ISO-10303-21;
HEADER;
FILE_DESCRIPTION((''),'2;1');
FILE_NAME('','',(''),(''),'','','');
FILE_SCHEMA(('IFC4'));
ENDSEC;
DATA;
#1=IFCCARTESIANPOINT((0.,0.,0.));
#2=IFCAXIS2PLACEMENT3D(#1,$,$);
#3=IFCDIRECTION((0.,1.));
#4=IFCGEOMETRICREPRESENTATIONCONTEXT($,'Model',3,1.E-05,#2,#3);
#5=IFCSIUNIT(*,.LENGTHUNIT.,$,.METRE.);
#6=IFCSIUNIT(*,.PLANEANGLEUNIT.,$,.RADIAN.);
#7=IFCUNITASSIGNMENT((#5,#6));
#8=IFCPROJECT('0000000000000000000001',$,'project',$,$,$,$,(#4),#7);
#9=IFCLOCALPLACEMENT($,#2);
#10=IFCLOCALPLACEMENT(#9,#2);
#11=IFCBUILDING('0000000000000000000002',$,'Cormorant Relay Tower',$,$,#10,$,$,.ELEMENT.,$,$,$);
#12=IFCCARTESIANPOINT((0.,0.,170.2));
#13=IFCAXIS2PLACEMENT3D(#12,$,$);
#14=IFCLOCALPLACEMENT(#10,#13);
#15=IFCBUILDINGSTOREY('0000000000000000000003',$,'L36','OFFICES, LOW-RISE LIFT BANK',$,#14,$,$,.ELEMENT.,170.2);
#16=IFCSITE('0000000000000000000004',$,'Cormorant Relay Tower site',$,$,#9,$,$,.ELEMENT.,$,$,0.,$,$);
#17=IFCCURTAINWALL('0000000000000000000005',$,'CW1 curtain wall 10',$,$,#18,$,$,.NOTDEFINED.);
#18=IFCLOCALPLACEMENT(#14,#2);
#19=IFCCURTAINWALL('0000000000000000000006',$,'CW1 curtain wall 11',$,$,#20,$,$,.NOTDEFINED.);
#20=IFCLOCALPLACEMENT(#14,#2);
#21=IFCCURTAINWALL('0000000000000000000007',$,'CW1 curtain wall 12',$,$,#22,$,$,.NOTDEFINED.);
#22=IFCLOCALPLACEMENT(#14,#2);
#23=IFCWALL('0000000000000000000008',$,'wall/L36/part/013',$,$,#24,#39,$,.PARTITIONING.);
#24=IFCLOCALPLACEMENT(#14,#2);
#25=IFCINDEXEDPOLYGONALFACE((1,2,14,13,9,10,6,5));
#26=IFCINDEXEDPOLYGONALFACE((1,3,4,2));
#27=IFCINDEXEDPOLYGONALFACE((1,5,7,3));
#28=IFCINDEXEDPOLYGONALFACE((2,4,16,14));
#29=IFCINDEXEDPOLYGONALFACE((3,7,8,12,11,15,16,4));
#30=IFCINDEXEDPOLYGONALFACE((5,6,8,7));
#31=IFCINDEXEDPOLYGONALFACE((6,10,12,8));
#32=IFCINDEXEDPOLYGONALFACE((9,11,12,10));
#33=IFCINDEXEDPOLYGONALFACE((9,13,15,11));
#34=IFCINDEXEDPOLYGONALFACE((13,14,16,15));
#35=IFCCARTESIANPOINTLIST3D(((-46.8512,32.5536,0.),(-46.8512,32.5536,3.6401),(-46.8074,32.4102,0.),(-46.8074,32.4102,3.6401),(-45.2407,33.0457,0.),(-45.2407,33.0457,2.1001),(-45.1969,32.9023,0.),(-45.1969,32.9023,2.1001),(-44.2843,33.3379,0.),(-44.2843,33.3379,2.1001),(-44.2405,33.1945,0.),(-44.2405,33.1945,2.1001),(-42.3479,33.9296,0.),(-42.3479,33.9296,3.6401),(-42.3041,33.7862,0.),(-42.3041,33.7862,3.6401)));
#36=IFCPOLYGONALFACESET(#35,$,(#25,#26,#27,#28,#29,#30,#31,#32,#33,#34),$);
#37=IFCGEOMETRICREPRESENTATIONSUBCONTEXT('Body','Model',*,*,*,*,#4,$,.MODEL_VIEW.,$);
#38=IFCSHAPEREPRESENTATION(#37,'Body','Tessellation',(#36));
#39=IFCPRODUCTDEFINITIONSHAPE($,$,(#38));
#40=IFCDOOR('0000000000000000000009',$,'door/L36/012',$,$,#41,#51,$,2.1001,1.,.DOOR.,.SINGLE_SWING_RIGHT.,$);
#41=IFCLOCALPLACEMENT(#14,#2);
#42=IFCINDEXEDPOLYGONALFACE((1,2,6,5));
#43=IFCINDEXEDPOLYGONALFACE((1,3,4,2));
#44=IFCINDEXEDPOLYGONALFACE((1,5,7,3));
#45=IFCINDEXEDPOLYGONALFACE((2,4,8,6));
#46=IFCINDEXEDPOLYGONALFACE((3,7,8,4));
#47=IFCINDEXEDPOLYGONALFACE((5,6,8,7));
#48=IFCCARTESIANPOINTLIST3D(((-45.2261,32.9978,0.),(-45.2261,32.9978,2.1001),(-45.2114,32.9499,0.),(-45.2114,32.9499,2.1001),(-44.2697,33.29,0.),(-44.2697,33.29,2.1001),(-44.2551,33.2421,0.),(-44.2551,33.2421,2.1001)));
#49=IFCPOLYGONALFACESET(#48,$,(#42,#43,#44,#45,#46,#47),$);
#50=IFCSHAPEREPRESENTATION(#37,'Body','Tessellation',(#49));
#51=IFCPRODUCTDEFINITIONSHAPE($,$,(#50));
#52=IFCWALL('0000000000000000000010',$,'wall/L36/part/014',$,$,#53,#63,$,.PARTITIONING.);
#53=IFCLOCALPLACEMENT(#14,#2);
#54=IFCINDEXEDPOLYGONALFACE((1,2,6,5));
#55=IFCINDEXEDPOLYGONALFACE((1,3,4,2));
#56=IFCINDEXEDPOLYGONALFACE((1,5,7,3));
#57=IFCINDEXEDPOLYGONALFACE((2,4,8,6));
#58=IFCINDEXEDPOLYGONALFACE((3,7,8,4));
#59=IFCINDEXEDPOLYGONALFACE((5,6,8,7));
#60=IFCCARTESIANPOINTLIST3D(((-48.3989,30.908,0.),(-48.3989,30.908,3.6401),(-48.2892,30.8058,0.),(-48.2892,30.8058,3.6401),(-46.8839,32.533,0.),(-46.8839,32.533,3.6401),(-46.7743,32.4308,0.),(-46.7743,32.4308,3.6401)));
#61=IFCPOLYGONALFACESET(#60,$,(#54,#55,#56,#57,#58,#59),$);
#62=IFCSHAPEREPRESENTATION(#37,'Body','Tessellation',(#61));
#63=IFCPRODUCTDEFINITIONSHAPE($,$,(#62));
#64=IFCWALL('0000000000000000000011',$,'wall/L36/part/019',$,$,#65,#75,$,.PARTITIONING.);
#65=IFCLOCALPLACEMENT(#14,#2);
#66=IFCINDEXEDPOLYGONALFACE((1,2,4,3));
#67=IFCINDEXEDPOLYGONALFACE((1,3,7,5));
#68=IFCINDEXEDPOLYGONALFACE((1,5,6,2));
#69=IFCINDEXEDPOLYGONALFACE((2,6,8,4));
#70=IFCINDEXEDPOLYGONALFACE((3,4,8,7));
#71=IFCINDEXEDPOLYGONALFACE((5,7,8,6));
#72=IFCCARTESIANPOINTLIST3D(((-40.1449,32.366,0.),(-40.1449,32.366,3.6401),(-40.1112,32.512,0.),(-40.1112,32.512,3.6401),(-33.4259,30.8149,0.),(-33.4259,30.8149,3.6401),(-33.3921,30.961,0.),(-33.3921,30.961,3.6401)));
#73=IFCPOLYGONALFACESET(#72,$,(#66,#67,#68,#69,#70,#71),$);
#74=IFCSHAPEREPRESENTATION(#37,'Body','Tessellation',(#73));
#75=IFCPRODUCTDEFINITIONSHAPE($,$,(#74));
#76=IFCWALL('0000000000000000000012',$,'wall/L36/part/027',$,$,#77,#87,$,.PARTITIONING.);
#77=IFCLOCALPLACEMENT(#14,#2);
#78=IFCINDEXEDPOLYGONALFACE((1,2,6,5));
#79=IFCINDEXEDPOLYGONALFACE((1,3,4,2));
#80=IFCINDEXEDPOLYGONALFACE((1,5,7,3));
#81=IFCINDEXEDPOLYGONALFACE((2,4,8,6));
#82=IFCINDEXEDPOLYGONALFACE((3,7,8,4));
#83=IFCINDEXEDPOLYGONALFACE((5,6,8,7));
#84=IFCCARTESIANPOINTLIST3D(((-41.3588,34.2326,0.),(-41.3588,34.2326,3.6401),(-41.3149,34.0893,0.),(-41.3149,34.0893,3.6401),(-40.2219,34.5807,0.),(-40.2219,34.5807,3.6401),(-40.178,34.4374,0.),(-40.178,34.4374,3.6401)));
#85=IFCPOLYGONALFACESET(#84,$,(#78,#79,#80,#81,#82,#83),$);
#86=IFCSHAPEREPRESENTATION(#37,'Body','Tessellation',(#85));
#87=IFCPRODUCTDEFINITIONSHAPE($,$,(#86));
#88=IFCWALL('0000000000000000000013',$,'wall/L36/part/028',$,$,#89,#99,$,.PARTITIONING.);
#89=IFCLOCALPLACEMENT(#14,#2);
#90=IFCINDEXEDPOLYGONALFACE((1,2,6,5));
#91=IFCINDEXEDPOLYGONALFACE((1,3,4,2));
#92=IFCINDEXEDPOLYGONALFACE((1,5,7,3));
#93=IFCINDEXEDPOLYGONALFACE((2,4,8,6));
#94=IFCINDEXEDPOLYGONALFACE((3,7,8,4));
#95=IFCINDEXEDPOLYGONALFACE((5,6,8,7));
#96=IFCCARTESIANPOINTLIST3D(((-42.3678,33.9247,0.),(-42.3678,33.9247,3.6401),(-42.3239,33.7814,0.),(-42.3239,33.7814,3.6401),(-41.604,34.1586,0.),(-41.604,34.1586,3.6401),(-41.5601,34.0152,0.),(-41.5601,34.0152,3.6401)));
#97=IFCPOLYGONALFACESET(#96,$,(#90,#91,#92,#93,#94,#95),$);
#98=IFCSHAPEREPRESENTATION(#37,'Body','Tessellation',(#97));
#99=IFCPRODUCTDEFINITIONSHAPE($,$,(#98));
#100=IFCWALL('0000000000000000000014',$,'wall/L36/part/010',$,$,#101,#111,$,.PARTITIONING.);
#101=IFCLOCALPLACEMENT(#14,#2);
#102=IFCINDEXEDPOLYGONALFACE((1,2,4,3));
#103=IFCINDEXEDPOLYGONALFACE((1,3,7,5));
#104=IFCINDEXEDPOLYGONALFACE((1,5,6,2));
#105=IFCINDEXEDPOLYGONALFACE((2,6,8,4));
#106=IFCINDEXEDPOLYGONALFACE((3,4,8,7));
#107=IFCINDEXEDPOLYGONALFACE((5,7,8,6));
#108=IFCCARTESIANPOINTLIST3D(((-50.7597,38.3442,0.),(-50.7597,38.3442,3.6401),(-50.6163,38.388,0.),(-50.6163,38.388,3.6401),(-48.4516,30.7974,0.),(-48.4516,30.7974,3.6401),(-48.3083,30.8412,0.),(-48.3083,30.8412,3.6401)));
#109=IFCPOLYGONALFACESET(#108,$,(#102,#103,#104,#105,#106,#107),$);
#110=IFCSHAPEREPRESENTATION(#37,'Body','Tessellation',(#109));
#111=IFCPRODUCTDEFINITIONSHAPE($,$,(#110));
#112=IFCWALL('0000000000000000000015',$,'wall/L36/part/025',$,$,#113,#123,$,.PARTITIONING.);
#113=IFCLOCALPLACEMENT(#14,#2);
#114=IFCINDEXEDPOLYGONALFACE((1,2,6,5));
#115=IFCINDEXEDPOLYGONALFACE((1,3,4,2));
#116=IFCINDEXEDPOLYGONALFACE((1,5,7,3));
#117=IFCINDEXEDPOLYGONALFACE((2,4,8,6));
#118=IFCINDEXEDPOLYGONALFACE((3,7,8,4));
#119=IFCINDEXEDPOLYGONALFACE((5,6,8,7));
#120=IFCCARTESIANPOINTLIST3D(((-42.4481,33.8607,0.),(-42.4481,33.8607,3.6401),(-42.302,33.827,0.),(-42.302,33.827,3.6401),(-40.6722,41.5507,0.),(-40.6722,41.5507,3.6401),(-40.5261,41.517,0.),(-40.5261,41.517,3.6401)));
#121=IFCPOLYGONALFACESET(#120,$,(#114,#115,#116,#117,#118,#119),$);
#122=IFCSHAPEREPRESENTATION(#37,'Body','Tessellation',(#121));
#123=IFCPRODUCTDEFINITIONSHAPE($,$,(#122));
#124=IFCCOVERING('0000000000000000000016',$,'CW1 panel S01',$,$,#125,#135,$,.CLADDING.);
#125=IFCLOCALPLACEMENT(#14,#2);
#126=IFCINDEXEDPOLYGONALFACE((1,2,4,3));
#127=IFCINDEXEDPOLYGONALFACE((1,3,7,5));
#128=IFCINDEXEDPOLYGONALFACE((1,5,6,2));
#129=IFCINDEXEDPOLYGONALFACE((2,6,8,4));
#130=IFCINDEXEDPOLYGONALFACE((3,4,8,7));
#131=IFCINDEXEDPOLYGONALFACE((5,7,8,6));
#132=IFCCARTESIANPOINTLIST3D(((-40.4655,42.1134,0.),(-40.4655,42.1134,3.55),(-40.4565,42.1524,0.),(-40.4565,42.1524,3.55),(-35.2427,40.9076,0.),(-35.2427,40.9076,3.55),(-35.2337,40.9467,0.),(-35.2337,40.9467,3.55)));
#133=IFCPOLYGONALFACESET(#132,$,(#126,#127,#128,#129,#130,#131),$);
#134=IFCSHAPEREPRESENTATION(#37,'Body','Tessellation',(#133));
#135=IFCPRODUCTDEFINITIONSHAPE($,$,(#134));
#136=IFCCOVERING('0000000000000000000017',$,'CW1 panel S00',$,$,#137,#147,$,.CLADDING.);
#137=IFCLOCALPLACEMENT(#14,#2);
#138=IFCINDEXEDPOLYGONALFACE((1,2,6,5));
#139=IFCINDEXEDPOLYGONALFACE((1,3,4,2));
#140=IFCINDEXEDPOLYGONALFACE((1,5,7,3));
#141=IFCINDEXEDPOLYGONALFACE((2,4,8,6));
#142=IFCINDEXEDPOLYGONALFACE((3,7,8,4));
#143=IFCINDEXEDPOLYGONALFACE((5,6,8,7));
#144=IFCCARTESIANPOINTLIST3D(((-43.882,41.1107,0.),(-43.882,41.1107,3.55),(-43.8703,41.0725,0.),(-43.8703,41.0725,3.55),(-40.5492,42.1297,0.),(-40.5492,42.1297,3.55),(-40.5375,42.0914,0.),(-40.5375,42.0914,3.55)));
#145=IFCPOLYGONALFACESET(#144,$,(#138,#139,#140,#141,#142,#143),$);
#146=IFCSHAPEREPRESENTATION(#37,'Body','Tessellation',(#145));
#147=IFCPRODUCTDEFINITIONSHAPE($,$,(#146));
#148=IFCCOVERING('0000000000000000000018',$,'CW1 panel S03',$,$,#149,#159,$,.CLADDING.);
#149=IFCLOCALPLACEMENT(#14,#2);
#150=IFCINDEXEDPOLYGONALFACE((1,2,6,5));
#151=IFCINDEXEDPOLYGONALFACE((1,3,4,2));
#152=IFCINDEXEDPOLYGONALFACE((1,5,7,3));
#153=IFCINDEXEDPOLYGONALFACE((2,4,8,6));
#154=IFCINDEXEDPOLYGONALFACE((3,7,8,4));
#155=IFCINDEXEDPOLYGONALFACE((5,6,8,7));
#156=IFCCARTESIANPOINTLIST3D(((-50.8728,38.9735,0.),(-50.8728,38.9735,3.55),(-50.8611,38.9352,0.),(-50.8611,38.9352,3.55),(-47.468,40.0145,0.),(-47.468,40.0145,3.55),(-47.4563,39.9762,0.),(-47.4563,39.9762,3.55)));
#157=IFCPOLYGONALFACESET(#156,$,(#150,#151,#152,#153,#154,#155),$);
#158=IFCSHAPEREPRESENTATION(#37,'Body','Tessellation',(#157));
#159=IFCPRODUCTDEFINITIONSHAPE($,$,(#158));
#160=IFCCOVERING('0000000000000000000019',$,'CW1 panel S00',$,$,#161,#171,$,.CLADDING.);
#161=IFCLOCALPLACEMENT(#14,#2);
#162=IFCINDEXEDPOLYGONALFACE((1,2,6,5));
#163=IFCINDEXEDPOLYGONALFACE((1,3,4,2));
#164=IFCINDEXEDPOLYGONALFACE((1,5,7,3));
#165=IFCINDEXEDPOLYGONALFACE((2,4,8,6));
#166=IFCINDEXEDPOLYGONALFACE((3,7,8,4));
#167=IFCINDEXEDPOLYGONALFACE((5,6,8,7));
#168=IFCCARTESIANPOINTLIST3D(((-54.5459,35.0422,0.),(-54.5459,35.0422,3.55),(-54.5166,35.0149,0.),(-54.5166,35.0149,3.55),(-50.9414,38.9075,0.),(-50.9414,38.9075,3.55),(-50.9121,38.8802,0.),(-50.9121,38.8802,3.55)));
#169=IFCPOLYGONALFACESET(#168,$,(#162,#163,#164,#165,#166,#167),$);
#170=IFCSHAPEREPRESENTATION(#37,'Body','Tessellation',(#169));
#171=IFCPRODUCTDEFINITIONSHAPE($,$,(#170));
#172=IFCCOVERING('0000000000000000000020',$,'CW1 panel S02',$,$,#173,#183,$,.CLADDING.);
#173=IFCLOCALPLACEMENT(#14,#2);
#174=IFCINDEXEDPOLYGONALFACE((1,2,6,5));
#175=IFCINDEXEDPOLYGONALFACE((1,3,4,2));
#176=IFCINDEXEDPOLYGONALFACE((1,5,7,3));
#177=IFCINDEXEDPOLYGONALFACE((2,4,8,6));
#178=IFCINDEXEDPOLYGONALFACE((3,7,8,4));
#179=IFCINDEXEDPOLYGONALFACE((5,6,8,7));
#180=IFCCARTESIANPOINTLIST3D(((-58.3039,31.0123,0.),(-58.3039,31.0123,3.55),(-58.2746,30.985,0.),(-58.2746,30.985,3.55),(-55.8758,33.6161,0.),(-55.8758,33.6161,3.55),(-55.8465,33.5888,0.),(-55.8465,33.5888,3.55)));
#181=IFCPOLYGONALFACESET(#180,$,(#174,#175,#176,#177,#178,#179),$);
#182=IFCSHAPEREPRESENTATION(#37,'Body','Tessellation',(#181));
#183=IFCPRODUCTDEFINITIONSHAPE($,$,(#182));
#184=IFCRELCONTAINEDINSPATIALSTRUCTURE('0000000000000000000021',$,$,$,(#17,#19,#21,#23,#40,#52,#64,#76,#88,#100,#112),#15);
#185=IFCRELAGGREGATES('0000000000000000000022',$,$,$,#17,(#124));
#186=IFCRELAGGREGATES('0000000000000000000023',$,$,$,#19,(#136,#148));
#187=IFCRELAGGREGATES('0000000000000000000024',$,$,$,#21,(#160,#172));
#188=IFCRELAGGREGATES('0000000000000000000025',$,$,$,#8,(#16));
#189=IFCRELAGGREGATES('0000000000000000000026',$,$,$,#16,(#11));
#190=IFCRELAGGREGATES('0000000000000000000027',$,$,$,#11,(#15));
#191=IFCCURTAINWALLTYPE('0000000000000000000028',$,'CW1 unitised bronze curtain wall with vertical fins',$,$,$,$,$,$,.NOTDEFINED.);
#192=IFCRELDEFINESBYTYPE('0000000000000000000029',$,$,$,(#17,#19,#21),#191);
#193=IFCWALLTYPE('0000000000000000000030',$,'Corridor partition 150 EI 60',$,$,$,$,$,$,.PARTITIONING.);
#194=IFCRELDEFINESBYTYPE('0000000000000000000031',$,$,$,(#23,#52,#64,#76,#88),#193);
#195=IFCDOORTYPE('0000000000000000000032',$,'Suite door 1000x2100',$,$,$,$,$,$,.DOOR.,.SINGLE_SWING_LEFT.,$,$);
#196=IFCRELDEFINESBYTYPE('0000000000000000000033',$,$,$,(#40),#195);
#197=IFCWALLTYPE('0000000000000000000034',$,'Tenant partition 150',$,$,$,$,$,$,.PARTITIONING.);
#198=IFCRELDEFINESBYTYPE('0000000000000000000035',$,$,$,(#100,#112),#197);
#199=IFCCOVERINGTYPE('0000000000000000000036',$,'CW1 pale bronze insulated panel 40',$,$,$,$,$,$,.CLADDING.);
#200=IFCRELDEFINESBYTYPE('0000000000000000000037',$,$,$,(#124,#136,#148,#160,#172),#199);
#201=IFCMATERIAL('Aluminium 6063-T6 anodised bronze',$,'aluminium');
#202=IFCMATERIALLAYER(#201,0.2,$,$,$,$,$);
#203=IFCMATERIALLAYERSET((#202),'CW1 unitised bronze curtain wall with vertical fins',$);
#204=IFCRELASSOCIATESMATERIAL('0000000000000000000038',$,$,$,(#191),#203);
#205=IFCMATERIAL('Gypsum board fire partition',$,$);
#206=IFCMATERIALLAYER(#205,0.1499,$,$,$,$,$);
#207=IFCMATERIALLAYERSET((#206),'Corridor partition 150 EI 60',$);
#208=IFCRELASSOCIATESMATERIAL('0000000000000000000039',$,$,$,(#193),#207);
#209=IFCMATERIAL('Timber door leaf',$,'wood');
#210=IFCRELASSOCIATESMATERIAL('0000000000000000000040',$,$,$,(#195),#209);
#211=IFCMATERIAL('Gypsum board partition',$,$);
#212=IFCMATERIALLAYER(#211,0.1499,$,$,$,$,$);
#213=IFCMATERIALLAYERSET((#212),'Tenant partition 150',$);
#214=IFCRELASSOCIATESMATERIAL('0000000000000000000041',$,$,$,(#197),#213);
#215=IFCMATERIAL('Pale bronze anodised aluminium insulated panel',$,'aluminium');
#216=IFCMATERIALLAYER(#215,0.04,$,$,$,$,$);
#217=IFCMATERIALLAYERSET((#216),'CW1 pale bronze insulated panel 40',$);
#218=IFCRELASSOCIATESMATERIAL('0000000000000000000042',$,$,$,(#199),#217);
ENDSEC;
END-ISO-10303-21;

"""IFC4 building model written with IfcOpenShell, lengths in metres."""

from ifc_helpers import new_model, si_unit, direction, frame, frame_2d, origin, origin_2d, place, context, subcontext, project, spatial, rectangle, extrude, material, layer, layer_set, type_object, element, fill, aggregate, save


model = new_model("IFC4")

# Units and contexts
model_context = context("Model", 3, precision=1e-05, world=origin(), true_north=direction((0.0, 1.0)))
body_context = subcontext(model_context, "Body", "Model", "MODEL_VIEW")
ifc_project = project(units=[si_unit("LENGTHUNIT", "METRE"), si_unit("PLANEANGLEUNIT", "RADIAN")], contexts=[model_context])

# Site, building, storey
site_placement = place(None, origin())
site = spatial("IfcSite", under=ifc_project, at=site_placement, Name="Cormorant Relay Tower site", CompositionType="ELEMENT", RefElevation=0.0)
building_placement = place(site_placement, origin())
building = spatial("IfcBuilding", under=site, at=building_placement, Name="Cormorant Relay Tower", CompositionType="ELEMENT")
storey_placement = place(building_placement, frame((0.0, 0.0, 170.2)))
storey = spatial("IfcBuildingStorey", under=building, at=storey_placement, Name="L36", Description="OFFICES, LOW-RISE LIFT BANK", CompositionType="ELEMENT", Elevation=170.2)

# Curtain wall
ifc_material_1 = material(Name="Aluminium 6063-T6 anodised bronze", Category="aluminium")
ifc_layer_1 = layer(ifc_material_1, 0.2)
ifc_layer_set_1 = layer_set([ifc_layer_1], Name="CW1 unitised bronze curtain wall with vertical fins")
curtain_wall_type = type_object("IfcCurtainWallType", Name="CW1 unitised bronze curtain wall with vertical fins", PredefinedType="NOTDEFINED", material=ifc_layer_set_1)
curtain_wall_1_placement = place(storey_placement, origin())
curtain_wall_1 = element("IfcCurtainWall", 1, at=curtain_wall_1_placement, inside=storey, type_object=curtain_wall_type, Name="CW1 curtain wall 10", PredefinedType="NOTDEFINED")

# Curtain walls
curtain_wall_2_placement = place(storey_placement, origin())
curtain_wall_2 = element("IfcCurtainWall", 2, at=curtain_wall_2_placement, inside=storey, type_object=curtain_wall_type, Name="CW1 curtain wall 11", PredefinedType="NOTDEFINED")
curtain_wall_3_placement = place(storey_placement, origin())
curtain_wall_3 = element("IfcCurtainWall", 3, at=curtain_wall_3_placement, inside=storey, type_object=curtain_wall_type, Name="CW1 curtain wall 12", PredefinedType="NOTDEFINED")

# Wall, opening, door
ifc_material_2 = material(Name="Gypsum board fire partition")
ifc_layer_2 = layer(ifc_material_2, 0.1499)
ifc_layer_set_2 = layer_set([ifc_layer_2], Name="Corridor partition 150 EI 60")
wall_type_1 = type_object("IfcWallType", Name="Corridor partition 150 EI 60", PredefinedType="PARTITIONING", material=ifc_layer_set_2)
wall_1_placement = place(storey_placement, frame((-42.3259, 33.8579, 0.0), z_axis=(0.0, 0.0, 1.0), x_axis=(-0.956351, -0.29222, 0.0)))
wall_1 = element("IfcWall", 4, at=wall_1_placement, inside=storey, type_object=wall_type_1, Name="wall/L36/part/013", PredefinedType="PARTITIONING", context=body_context, shape_type="SweptSolid", body=[
    extrude(rectangle(XDim=4.7087, YDim=0.1499, at=frame_2d((2.3545, 0.0))), origin(), (0.0, 0.0, 1.0), 3.6401),
])
opening_placement = place(wall_1_placement, frame((2.0249, 0.0, 0.0)))
opening = element("IfcOpeningElement", 5, at=opening_placement, cuts=wall_1, PredefinedType="OPENING", context=body_context, shape_type="SweptSolid", body=[
    extrude(rectangle(XDim=1.0, YDim=2.1001, at=frame_2d((0.5, 1.05))), frame((0.0, 0.085, 0.0), z_axis=(0.0, -1.0, 0.0), x_axis=(1.0, 0.0, 0.0)), (0.0, 0.0, 1.0), 0.1699),
])
ifc_material_3 = material(Name="Timber door leaf", Category="wood")
door_type = type_object("IfcDoorType", Name="Suite door 1000x2100", OperationType="SINGLE_SWING_LEFT", PredefinedType="DOOR", material=ifc_material_3)
door_placement = place(opening_placement, frame((1.0, 0.0, 0.0), z_axis=(0.0, 0.0, 1.0), x_axis=(-1.0, 0.0, 0.0)))
door = element("IfcDoor", 6, at=door_placement, inside=storey, type_object=door_type, Name="door/L36/012", OperationType="SINGLE_SWING_RIGHT", OverallHeight=2.1001, OverallWidth=1.0, PredefinedType="DOOR", context=body_context, shape_type="SweptSolid", body=[
    extrude(rectangle(XDim=1.0, YDim=2.1001, at=frame_2d((0.5, 1.05))), frame((0.0, 0.0249, 0.0), z_axis=(0.0, -1.0, 0.0), x_axis=(1.0, 0.0, 0.0)), (0.0, 0.0, 1.0), 0.05),
])
fill(opening, door)

# Walls
wall_2_placement = place(storey_placement, frame((-46.8291, 32.4819, 0.0), z_axis=(0.0, 0.0, 1.0), x_axis=(-0.681891, -0.731453, 0.0)))
element("IfcWall", 7, at=wall_2_placement, inside=storey, type_object=wall_type_1, Name="wall/L36/part/014", PredefinedType="PARTITIONING", context=body_context, shape_type="SweptSolid", body=[
    extrude(rectangle(XDim=2.2217, YDim=0.1499, at=frame_2d((1.1108, 0.0))), origin(), (0.0, 0.0, 1.0), 3.6401),
])
wall_3_placement = place(storey_placement, frame((-40.1279, 32.439, 0.0), z_axis=(0.0, 0.0, 1.0), x_axis=(0.974376, -0.224927, 0.0)))
element("IfcWall", 8, at=wall_3_placement, inside=storey, type_object=wall_type_1, Name="wall/L36/part/019", PredefinedType="PARTITIONING", context=body_context, shape_type="SweptSolid", body=[
    extrude(rectangle(XDim=6.8958, YDim=0.1499, at=frame_2d((3.4478, 0.0))), origin(), (0.0, 0.0, 1.0), 3.6401),
])
wall_4_placement = place(storey_placement, frame((-40.2, 34.509, 0.0), z_axis=(0.0, 0.0, 1.0), x_axis=(-0.956178, -0.292787, 0.0)))
element("IfcWall", 9, at=wall_4_placement, inside=storey, type_object=wall_type_1, Name="wall/L36/part/027", PredefinedType="PARTITIONING", context=body_context, shape_type="SweptSolid", body=[
    extrude(rectangle(XDim=1.189, YDim=0.1499, at=frame_2d((0.5945, 0.0))), origin(), (0.0, 0.0, 1.0), 3.6401),
])
wall_5_placement = place(storey_placement, frame((-41.582, 34.0869, 0.0), z_axis=(0.0, 0.0, 1.0), x_axis=(-0.956188, -0.292754, 0.0)))
element("IfcWall", 10, at=wall_5_placement, inside=storey, type_object=wall_type_1, Name="wall/L36/part/028", PredefinedType="PARTITIONING", context=body_context, shape_type="SweptSolid", body=[
    extrude(rectangle(XDim=0.7988, YDim=0.1499, at=frame_2d((0.3994, 0.0))), origin(), (0.0, 0.0, 1.0), 3.6401),
])
ifc_material_4 = material(Name="Gypsum board partition")
ifc_layer_3 = layer(ifc_material_4, 0.1499)
ifc_layer_set_3 = layer_set([ifc_layer_3], Name="Tenant partition 150")
wall_type_2 = type_object("IfcWallType", Name="Tenant partition 150", PredefinedType="PARTITIONING", material=ifc_layer_set_3)
wall_6_placement = place(storey_placement, frame((-50.688, 38.366, 0.0), z_axis=(0.0, 0.0, 1.0), x_axis=(0.292464, -0.956277, 0.0)))
element("IfcWall", 11, at=wall_6_placement, inside=storey, type_object=wall_type_2, Name="wall/L36/part/010", PredefinedType="PARTITIONING", context=body_context, shape_type="SweptSolid", body=[
    extrude(rectangle(XDim=7.8918, YDim=0.1499, at=frame_2d((3.9458, 0.0))), origin(), (0.0, 0.0, 1.0), 3.6401),
])
wall_7_placement = place(storey_placement, frame((-40.5991, 41.5339, 0.0), z_axis=(0.0, 0.0, 1.0), x_axis=(-0.225013, -0.974356, 0.0)))
element("IfcWall", 12, at=wall_7_placement, inside=storey, type_object=wall_type_2, Name="wall/L36/part/025", PredefinedType="PARTITIONING", context=body_context, shape_type="SweptSolid", body=[
    extrude(rectangle(XDim=7.8923, YDim=0.1499, at=frame_2d((3.9463, 0.0))), origin(), (0.0, 0.0, 1.0), 3.6401),
])

# Coverings
ifc_material_5 = material(Name="Pale bronze anodised aluminium insulated panel", Category="aluminium")
ifc_layer_4 = layer(ifc_material_5, 0.04)
ifc_layer_set_4 = layer_set([ifc_layer_4], Name="CW1 pale bronze insulated panel 40")
covering_type = type_object("IfcCoveringType", Name="CW1 pale bronze insulated panel 40", PredefinedType="CLADDING", material=ifc_layer_set_4)
covering_1_placement = place(storey_placement, frame((-37.8496, 41.53, 0.0), z_axis=(0.0, 0.0, 1.0), x_axis=(-0.97437, 0.224951, 0.0)))
covering_1 = element("IfcCovering", 13, at=covering_1_placement, type_object=covering_type, Name="CW1 panel S01", PredefinedType="CLADDING", context=body_context, shape_type="SweptSolid", body=[
    extrude(rectangle(XDim=5.3601, YDim=0.04, at=origin_2d()), origin(), (0.0, 0.0, 1.0), 3.55),
])
aggregate(curtain_wall_1, [covering_1])
covering_2_placement = place(storey_placement, frame((-42.2097, 41.6011, 0.0), z_axis=(0.0, 0.0, 1.0), x_axis=(-0.956305, -0.292372, 0.0)))
covering_2 = element("IfcCovering", 14, at=covering_2_placement, type_object=covering_type, Name="CW1 panel S00", PredefinedType="CLADDING", context=body_context, shape_type="SweptSolid", body=[
    extrude(rectangle(XDim=3.4851, YDim=0.04, at=origin_2d()), origin(), (0.0, 0.0, 1.0), 3.55),
])
covering_3_placement = place(storey_placement, frame((-49.1646, 39.4749, 0.0), z_axis=(0.0, 0.0, 1.0), x_axis=(-0.956305, -0.292372, 0.0)))
covering_3 = element("IfcCovering", 15, at=covering_3_placement, type_object=covering_type, Name="CW1 panel S03", PredefinedType="CLADDING", context=body_context, shape_type="SweptSolid", body=[
    extrude(rectangle(XDim=3.5603, YDim=0.04, at=origin_2d()), origin(), (0.0, 0.0, 1.0), 3.55),
])
aggregate(curtain_wall_2, [covering_2, covering_3])
covering_4_placement = place(storey_placement, frame((-52.729, 36.9612, 0.0), z_axis=(0.0, 0.0, 1.0), x_axis=(-0.681998, -0.731354, 0.0)))
covering_4 = element("IfcCovering", 16, at=covering_4_placement, type_object=covering_type, Name="CW1 panel S00", PredefinedType="CLADDING", context=body_context, shape_type="SweptSolid", body=[
    extrude(rectangle(XDim=5.2852, YDim=0.04, at=origin_2d()), origin(), (0.0, 0.0, 1.0), 3.55),
])
covering_5_placement = place(storey_placement, frame((-57.0752, 32.3005, 0.0), z_axis=(0.0, 0.0, 1.0), x_axis=(-0.681998, -0.731354, 0.0)))
covering_5 = element("IfcCovering", 17, at=covering_5_placement, type_object=covering_type, Name="CW1 panel S02", PredefinedType="CLADDING", context=body_context, shape_type="SweptSolid", body=[
    extrude(rectangle(XDim=3.5603, YDim=0.04, at=origin_2d()), origin(), (0.0, 0.0, 1.0), 3.55),
])
aggregate(curtain_wall_3, [covering_4, covering_5])

save(model, "model.ifc")
